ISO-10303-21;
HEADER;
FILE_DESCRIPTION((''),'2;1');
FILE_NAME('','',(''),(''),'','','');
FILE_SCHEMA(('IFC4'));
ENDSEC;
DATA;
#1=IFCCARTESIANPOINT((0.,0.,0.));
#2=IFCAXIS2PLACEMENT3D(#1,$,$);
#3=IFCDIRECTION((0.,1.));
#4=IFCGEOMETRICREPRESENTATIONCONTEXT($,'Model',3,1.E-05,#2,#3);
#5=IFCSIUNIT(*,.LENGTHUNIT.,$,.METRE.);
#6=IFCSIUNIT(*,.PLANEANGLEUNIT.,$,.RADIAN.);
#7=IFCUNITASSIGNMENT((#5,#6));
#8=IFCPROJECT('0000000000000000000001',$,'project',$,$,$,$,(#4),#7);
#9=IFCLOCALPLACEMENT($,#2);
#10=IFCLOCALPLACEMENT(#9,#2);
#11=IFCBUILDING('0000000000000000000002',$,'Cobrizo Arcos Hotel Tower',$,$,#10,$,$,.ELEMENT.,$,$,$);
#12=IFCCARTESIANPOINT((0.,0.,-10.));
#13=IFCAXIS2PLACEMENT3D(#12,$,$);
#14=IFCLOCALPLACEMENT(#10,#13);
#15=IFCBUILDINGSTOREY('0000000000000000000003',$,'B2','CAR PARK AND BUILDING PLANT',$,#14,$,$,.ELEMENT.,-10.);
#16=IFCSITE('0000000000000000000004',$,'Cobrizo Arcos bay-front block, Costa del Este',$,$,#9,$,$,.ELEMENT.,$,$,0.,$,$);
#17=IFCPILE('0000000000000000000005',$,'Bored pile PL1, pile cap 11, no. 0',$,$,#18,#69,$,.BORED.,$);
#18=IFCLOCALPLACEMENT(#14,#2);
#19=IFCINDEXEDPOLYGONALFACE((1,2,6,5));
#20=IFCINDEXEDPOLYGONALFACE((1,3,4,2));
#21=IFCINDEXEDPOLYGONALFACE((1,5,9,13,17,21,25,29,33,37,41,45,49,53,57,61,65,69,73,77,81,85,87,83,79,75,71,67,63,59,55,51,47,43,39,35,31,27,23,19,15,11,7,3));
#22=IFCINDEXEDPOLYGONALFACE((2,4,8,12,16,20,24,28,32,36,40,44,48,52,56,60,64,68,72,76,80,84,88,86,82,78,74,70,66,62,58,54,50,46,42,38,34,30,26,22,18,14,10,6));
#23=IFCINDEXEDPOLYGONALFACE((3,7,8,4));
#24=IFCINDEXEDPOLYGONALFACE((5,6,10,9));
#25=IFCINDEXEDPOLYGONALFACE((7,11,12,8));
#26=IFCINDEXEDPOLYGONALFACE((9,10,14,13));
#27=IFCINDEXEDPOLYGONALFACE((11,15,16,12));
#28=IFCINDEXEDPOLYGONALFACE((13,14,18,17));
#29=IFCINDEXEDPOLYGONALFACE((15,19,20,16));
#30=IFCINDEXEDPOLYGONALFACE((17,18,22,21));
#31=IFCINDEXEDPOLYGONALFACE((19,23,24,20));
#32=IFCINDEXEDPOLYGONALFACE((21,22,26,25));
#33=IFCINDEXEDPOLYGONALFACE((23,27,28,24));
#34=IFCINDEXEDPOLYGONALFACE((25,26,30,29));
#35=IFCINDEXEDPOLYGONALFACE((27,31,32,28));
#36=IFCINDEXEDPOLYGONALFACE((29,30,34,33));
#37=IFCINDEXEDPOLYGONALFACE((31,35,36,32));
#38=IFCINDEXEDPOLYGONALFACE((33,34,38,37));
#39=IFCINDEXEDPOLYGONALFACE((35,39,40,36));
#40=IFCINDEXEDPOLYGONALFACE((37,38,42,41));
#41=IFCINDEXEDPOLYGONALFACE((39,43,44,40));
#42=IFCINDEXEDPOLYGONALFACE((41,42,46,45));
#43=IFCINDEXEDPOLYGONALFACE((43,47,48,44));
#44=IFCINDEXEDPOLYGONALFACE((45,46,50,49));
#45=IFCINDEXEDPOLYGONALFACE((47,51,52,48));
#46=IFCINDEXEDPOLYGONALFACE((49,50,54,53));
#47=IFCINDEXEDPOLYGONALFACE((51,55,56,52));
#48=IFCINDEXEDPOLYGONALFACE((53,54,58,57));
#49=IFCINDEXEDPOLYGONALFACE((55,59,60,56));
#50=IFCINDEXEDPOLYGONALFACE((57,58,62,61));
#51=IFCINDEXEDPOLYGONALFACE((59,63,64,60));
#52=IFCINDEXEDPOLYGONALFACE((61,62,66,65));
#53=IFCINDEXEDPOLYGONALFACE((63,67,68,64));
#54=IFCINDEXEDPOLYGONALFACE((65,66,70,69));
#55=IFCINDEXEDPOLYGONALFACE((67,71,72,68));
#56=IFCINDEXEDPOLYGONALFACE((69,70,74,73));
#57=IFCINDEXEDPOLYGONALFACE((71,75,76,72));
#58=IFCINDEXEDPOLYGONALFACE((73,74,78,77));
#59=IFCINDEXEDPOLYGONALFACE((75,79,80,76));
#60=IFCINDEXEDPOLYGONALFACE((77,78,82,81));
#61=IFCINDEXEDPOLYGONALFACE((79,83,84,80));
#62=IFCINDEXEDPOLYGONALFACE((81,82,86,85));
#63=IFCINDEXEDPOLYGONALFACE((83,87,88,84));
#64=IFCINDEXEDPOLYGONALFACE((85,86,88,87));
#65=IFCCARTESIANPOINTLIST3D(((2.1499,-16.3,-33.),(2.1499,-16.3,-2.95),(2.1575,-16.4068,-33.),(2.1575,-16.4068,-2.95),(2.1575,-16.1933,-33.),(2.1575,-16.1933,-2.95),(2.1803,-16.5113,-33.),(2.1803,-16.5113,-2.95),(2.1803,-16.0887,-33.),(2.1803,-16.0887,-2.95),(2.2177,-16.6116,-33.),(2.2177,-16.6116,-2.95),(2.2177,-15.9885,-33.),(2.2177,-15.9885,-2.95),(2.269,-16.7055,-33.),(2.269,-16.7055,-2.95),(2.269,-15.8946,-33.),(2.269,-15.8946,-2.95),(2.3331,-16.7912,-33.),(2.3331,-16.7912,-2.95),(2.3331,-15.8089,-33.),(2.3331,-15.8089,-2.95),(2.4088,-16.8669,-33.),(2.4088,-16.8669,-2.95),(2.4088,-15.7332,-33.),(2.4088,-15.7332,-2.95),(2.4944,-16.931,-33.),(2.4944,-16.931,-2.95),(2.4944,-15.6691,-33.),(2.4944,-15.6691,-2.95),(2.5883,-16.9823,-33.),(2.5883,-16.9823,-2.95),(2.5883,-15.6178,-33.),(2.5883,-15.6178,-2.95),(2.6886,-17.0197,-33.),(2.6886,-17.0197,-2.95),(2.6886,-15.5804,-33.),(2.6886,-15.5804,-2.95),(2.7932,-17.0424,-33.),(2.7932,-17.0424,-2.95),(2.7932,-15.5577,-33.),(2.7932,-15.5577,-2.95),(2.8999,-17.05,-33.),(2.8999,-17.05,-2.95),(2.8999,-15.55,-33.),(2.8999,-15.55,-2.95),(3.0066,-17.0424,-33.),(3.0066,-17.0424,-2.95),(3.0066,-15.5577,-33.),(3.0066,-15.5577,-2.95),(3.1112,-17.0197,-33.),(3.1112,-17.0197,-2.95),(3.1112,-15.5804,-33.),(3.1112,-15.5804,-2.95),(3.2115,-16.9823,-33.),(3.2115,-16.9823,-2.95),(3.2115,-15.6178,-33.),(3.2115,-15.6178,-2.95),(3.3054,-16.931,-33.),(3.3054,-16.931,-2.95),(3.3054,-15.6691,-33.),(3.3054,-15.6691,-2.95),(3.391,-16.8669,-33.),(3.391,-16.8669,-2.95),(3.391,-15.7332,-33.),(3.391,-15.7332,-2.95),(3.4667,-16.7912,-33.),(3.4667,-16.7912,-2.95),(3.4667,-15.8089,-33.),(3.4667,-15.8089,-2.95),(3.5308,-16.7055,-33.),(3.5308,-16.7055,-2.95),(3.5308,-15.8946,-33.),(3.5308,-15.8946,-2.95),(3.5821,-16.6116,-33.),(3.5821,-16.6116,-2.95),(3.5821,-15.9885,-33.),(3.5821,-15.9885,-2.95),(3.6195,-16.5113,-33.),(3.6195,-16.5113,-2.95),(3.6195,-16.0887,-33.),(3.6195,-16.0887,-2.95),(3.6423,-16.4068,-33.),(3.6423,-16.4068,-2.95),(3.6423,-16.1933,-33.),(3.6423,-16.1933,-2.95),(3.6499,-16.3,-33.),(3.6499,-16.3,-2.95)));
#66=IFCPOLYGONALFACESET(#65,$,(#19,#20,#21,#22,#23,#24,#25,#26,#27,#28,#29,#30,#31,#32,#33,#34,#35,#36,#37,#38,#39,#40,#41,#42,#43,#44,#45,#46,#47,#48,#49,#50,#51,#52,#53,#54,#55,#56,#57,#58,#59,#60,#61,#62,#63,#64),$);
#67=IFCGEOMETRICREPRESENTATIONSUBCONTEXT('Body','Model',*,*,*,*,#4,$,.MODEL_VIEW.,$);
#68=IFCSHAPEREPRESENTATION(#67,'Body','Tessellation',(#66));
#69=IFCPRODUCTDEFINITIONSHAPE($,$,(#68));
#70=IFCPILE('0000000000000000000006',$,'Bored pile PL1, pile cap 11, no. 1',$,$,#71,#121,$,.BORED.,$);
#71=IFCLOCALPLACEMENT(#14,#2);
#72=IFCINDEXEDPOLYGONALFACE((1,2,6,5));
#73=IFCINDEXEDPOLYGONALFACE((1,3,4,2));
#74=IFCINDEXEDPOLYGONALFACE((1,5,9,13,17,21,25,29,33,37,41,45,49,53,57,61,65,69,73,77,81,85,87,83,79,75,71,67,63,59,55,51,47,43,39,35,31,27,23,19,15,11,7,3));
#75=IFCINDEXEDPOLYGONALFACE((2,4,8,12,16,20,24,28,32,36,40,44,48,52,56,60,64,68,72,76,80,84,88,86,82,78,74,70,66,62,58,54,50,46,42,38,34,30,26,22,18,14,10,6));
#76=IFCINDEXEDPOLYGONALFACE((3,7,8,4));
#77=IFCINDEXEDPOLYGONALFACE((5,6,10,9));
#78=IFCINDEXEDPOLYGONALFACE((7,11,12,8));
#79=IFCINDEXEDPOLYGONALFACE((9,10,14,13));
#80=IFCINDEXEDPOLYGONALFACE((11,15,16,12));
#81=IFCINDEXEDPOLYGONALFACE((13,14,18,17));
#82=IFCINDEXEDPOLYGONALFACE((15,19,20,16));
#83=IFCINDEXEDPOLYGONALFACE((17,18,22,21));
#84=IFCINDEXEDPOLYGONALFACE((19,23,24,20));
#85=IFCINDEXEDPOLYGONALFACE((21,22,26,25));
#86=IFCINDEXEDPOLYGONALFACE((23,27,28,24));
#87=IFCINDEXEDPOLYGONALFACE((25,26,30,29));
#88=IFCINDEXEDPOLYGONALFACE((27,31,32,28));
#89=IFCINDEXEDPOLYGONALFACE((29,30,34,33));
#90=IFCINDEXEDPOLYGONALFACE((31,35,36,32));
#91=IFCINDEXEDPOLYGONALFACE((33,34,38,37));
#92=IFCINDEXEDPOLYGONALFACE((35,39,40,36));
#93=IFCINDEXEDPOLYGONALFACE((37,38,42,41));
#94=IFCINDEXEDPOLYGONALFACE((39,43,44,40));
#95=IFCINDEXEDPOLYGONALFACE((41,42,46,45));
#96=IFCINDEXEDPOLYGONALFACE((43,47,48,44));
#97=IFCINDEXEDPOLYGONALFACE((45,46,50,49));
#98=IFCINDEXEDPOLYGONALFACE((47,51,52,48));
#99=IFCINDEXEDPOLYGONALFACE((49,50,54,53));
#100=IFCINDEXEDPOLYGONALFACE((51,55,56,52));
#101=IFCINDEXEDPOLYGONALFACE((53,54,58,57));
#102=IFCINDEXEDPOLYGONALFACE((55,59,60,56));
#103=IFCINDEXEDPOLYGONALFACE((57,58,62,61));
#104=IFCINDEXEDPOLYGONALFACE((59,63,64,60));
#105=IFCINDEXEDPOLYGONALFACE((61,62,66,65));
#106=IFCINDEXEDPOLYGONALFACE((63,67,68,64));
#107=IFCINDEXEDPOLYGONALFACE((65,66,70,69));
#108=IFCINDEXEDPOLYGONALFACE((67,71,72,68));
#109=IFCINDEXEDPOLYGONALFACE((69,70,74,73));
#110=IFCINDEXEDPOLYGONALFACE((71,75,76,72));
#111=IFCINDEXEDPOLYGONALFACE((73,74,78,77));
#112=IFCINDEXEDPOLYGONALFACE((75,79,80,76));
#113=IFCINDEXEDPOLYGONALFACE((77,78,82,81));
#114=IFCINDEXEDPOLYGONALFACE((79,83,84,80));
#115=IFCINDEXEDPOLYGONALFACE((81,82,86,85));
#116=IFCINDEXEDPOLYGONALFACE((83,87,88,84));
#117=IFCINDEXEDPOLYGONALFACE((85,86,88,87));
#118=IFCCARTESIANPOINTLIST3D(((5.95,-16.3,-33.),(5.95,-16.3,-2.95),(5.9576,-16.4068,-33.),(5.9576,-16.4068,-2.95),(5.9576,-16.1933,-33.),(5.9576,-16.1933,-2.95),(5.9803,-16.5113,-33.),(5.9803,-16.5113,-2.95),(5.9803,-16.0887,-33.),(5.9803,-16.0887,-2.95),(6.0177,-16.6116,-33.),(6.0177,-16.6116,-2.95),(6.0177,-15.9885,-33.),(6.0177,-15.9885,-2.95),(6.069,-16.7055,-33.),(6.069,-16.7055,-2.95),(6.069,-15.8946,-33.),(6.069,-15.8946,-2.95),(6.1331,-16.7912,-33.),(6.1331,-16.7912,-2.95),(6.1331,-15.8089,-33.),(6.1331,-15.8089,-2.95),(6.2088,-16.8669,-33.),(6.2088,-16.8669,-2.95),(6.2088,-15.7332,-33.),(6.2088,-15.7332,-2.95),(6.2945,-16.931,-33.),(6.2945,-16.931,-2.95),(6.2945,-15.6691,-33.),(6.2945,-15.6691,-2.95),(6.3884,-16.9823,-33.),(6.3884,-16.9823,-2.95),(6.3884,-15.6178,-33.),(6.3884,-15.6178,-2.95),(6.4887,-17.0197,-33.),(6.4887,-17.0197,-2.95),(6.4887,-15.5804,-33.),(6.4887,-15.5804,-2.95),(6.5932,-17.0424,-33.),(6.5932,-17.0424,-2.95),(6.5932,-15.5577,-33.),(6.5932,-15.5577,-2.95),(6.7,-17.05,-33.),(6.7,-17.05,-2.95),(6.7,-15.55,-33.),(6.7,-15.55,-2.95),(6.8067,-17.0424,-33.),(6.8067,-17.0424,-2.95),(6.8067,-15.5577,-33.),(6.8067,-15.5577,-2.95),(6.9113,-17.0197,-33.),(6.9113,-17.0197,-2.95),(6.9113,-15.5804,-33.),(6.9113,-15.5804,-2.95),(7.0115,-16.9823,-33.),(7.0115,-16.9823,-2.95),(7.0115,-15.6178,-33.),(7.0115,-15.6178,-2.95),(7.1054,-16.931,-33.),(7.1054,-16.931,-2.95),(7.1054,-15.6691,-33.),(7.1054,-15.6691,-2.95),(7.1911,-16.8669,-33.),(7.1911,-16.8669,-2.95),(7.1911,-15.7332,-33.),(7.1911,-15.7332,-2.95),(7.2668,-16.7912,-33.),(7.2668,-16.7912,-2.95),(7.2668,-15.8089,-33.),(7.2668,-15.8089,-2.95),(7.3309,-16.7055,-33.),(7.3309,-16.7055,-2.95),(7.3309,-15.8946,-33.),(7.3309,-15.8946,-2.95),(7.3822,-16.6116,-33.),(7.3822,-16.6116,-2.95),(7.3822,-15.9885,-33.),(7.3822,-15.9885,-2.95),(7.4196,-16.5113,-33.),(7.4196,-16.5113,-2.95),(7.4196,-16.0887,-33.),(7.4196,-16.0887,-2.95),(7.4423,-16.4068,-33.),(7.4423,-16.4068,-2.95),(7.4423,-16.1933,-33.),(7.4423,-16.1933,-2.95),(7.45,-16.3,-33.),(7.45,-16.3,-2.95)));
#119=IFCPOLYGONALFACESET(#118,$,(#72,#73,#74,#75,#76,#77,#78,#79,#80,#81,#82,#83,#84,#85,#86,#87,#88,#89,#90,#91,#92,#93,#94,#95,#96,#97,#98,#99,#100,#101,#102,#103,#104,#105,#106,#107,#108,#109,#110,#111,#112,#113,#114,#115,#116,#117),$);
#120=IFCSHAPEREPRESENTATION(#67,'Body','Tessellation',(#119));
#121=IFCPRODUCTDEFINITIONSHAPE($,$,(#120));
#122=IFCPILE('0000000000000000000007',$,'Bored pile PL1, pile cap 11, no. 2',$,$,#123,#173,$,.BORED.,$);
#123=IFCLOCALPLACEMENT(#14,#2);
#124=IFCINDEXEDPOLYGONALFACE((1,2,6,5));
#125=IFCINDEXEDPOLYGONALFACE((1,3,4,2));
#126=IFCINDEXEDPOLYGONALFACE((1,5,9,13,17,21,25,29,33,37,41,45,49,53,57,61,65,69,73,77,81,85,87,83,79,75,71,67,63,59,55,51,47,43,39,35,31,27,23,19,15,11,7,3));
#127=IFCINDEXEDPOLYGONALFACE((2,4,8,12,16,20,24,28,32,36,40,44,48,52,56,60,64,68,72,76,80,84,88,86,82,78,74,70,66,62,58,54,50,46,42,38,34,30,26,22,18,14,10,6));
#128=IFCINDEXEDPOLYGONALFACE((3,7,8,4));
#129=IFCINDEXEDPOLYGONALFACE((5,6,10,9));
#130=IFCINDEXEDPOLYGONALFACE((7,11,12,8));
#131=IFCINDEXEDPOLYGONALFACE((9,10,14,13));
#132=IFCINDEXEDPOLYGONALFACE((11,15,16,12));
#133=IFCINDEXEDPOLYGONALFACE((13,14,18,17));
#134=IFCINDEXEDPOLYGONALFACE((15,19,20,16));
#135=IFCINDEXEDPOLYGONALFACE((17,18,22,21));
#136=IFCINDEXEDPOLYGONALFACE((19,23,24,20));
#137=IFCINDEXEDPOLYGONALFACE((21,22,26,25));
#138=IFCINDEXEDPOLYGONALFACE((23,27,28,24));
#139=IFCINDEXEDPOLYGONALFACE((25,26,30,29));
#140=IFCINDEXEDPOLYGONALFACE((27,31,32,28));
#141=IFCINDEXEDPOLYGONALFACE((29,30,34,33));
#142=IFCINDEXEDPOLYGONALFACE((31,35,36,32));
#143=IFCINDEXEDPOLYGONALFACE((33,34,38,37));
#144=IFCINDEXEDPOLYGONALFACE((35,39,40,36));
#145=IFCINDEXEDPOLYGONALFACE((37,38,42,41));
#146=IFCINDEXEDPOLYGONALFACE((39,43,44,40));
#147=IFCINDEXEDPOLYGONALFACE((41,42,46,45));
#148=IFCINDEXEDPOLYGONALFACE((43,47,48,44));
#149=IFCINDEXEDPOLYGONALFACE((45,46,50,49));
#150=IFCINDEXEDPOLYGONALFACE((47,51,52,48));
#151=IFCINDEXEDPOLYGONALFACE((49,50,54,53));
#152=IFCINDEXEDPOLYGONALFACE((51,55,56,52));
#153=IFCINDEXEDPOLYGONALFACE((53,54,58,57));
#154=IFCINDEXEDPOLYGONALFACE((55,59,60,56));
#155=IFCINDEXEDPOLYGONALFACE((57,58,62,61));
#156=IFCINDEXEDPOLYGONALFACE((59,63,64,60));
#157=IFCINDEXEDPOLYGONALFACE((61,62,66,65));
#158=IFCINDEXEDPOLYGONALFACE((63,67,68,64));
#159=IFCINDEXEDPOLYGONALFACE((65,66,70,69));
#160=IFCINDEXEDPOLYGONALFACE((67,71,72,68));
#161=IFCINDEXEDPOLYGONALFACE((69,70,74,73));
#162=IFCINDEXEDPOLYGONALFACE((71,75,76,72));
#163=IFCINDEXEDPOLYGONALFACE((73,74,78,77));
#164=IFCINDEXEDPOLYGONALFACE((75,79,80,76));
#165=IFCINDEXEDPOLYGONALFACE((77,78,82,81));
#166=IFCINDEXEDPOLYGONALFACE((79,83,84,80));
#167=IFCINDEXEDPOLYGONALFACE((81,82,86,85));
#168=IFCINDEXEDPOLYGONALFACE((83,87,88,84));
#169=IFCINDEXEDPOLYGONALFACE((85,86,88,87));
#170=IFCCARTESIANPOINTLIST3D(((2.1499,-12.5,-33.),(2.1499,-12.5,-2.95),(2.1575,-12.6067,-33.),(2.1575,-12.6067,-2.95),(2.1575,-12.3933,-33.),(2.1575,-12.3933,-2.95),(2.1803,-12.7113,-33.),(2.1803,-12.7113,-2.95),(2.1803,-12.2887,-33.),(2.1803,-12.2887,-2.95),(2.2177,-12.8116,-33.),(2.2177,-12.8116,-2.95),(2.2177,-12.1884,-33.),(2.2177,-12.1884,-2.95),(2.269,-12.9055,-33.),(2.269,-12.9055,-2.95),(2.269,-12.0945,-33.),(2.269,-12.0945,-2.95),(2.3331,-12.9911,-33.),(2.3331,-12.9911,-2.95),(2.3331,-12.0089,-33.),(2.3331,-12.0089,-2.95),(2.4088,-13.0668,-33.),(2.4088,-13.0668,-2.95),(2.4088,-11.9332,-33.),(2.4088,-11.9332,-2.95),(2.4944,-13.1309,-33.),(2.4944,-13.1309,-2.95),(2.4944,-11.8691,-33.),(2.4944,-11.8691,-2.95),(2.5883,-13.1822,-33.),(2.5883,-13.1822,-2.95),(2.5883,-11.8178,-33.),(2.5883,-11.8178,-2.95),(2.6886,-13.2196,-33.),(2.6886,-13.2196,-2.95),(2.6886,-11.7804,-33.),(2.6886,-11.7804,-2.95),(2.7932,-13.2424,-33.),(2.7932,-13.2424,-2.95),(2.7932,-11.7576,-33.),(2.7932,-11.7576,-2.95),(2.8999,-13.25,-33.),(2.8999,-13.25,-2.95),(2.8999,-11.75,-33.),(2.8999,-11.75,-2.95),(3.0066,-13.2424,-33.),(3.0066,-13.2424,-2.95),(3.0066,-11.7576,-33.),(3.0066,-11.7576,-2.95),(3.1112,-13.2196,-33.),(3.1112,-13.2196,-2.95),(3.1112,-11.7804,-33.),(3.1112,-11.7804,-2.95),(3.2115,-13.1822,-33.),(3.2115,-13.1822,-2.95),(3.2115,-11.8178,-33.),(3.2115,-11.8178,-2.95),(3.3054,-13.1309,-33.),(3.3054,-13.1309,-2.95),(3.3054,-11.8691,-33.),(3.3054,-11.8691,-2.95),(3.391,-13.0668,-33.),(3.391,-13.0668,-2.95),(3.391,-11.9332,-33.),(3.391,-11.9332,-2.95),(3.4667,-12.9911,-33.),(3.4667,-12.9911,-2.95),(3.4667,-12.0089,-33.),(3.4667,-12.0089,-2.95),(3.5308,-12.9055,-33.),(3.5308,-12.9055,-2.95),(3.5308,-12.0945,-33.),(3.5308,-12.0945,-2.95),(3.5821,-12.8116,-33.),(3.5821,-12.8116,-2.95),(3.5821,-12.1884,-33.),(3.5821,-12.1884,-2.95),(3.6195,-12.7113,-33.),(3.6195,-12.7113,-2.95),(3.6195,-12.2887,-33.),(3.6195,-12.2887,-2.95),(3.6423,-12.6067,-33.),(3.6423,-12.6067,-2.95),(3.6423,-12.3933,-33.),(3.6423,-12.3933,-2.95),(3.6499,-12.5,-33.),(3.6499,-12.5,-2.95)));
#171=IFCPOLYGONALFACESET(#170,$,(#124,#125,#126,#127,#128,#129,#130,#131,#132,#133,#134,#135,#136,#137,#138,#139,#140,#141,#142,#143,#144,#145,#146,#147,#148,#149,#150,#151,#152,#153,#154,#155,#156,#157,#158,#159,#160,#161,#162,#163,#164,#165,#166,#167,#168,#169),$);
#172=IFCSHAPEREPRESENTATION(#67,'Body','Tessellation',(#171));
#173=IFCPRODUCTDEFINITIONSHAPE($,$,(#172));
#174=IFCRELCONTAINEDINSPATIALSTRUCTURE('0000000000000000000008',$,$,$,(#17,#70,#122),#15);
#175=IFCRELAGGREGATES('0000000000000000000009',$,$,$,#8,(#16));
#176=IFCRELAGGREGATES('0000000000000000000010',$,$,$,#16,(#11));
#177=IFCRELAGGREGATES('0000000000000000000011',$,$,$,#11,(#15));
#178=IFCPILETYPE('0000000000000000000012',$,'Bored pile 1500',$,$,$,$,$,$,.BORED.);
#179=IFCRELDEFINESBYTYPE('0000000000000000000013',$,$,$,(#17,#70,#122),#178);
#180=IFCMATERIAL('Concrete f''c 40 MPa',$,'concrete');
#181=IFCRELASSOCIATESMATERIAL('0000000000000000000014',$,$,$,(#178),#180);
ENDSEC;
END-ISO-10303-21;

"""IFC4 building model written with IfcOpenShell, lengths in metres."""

from ifc_helpers import new_model, si_unit, direction, frame, origin, origin_2d, place, context, subcontext, project, spatial, circle, extrude, material, material_profile, profile_set, type_object, element, save


model = new_model("IFC4")

# Units and contexts
model_context = context("Model", 3, precision=1e-05, world=origin(), true_north=direction((0.0, 1.0)))
body_context = subcontext(model_context, "Body", "Model", "MODEL_VIEW")
ifc_project = project(units=[si_unit("LENGTHUNIT", "METRE"), si_unit("PLANEANGLEUNIT", "RADIAN")], contexts=[model_context])

# Site, building, storey
site_placement = place(None, origin())
site = spatial("IfcSite", under=ifc_project, at=site_placement, Name="Cobrizo Arcos bay-front block, Costa del Este", CompositionType="ELEMENT", RefElevation=0.0)
building_placement = place(site_placement, origin())
building = spatial("IfcBuilding", under=site, at=building_placement, Name="Cobrizo Arcos Hotel Tower", CompositionType="ELEMENT")
storey_placement = place(building_placement, frame((0.0, 0.0, -10.0)))
storey = spatial("IfcBuildingStorey", under=building, at=storey_placement, Name="B2", Description="CAR PARK AND BUILDING PLANT", CompositionType="ELEMENT", Elevation=-10.0)

# Piles
ifc_material_1 = material(Name="Concrete f'c 40 MPa", Category="concrete")
ifc_material_profile_1 = material_profile(ifc_material_1, circle(Radius=0.75, at=origin_2d()), Name="BORED PILE 1500")
ifc_profile_set_1 = profile_set([ifc_material_profile_1], Name="Concrete f'c 40 MPa")
pile_type = type_object("IfcPileType", Name="Bored pile 1500", PredefinedType="BORED", material=ifc_profile_set_1)
for number, where, z_axis, x_axis, name in (
    (1, (2.8999, -16.3, -2.95), (0.0, 0.0, -1.0), (1.0, 0.0, 0.0), "Bored pile PL1, pile cap 11, no. 0"),
    (2, (6.7, -16.3, -2.95), (0.0, 0.0, -1.0), (1.0, 0.0, 0.0), "Bored pile PL1, pile cap 11, no. 1"),
    (3, (2.8999, -12.5, -2.95), (0.0, 0.0, -1.0), (1.0, 0.0, 0.0), "Bored pile PL1, pile cap 11, no. 2"),
):
    element("IfcPile", number, at=place(storey_placement, frame(where, z_axis=z_axis, x_axis=x_axis)), inside=storey, type_object=pile_type, Name=name, PredefinedType="BORED", context=body_context, shape_type="SweptSolid", body=[
        extrude(circle(Radius=0.75, at=origin_2d()), origin(), (0.0, 0.0, 1.0), 30.05),
    ])

save(model, "model.ifc")
